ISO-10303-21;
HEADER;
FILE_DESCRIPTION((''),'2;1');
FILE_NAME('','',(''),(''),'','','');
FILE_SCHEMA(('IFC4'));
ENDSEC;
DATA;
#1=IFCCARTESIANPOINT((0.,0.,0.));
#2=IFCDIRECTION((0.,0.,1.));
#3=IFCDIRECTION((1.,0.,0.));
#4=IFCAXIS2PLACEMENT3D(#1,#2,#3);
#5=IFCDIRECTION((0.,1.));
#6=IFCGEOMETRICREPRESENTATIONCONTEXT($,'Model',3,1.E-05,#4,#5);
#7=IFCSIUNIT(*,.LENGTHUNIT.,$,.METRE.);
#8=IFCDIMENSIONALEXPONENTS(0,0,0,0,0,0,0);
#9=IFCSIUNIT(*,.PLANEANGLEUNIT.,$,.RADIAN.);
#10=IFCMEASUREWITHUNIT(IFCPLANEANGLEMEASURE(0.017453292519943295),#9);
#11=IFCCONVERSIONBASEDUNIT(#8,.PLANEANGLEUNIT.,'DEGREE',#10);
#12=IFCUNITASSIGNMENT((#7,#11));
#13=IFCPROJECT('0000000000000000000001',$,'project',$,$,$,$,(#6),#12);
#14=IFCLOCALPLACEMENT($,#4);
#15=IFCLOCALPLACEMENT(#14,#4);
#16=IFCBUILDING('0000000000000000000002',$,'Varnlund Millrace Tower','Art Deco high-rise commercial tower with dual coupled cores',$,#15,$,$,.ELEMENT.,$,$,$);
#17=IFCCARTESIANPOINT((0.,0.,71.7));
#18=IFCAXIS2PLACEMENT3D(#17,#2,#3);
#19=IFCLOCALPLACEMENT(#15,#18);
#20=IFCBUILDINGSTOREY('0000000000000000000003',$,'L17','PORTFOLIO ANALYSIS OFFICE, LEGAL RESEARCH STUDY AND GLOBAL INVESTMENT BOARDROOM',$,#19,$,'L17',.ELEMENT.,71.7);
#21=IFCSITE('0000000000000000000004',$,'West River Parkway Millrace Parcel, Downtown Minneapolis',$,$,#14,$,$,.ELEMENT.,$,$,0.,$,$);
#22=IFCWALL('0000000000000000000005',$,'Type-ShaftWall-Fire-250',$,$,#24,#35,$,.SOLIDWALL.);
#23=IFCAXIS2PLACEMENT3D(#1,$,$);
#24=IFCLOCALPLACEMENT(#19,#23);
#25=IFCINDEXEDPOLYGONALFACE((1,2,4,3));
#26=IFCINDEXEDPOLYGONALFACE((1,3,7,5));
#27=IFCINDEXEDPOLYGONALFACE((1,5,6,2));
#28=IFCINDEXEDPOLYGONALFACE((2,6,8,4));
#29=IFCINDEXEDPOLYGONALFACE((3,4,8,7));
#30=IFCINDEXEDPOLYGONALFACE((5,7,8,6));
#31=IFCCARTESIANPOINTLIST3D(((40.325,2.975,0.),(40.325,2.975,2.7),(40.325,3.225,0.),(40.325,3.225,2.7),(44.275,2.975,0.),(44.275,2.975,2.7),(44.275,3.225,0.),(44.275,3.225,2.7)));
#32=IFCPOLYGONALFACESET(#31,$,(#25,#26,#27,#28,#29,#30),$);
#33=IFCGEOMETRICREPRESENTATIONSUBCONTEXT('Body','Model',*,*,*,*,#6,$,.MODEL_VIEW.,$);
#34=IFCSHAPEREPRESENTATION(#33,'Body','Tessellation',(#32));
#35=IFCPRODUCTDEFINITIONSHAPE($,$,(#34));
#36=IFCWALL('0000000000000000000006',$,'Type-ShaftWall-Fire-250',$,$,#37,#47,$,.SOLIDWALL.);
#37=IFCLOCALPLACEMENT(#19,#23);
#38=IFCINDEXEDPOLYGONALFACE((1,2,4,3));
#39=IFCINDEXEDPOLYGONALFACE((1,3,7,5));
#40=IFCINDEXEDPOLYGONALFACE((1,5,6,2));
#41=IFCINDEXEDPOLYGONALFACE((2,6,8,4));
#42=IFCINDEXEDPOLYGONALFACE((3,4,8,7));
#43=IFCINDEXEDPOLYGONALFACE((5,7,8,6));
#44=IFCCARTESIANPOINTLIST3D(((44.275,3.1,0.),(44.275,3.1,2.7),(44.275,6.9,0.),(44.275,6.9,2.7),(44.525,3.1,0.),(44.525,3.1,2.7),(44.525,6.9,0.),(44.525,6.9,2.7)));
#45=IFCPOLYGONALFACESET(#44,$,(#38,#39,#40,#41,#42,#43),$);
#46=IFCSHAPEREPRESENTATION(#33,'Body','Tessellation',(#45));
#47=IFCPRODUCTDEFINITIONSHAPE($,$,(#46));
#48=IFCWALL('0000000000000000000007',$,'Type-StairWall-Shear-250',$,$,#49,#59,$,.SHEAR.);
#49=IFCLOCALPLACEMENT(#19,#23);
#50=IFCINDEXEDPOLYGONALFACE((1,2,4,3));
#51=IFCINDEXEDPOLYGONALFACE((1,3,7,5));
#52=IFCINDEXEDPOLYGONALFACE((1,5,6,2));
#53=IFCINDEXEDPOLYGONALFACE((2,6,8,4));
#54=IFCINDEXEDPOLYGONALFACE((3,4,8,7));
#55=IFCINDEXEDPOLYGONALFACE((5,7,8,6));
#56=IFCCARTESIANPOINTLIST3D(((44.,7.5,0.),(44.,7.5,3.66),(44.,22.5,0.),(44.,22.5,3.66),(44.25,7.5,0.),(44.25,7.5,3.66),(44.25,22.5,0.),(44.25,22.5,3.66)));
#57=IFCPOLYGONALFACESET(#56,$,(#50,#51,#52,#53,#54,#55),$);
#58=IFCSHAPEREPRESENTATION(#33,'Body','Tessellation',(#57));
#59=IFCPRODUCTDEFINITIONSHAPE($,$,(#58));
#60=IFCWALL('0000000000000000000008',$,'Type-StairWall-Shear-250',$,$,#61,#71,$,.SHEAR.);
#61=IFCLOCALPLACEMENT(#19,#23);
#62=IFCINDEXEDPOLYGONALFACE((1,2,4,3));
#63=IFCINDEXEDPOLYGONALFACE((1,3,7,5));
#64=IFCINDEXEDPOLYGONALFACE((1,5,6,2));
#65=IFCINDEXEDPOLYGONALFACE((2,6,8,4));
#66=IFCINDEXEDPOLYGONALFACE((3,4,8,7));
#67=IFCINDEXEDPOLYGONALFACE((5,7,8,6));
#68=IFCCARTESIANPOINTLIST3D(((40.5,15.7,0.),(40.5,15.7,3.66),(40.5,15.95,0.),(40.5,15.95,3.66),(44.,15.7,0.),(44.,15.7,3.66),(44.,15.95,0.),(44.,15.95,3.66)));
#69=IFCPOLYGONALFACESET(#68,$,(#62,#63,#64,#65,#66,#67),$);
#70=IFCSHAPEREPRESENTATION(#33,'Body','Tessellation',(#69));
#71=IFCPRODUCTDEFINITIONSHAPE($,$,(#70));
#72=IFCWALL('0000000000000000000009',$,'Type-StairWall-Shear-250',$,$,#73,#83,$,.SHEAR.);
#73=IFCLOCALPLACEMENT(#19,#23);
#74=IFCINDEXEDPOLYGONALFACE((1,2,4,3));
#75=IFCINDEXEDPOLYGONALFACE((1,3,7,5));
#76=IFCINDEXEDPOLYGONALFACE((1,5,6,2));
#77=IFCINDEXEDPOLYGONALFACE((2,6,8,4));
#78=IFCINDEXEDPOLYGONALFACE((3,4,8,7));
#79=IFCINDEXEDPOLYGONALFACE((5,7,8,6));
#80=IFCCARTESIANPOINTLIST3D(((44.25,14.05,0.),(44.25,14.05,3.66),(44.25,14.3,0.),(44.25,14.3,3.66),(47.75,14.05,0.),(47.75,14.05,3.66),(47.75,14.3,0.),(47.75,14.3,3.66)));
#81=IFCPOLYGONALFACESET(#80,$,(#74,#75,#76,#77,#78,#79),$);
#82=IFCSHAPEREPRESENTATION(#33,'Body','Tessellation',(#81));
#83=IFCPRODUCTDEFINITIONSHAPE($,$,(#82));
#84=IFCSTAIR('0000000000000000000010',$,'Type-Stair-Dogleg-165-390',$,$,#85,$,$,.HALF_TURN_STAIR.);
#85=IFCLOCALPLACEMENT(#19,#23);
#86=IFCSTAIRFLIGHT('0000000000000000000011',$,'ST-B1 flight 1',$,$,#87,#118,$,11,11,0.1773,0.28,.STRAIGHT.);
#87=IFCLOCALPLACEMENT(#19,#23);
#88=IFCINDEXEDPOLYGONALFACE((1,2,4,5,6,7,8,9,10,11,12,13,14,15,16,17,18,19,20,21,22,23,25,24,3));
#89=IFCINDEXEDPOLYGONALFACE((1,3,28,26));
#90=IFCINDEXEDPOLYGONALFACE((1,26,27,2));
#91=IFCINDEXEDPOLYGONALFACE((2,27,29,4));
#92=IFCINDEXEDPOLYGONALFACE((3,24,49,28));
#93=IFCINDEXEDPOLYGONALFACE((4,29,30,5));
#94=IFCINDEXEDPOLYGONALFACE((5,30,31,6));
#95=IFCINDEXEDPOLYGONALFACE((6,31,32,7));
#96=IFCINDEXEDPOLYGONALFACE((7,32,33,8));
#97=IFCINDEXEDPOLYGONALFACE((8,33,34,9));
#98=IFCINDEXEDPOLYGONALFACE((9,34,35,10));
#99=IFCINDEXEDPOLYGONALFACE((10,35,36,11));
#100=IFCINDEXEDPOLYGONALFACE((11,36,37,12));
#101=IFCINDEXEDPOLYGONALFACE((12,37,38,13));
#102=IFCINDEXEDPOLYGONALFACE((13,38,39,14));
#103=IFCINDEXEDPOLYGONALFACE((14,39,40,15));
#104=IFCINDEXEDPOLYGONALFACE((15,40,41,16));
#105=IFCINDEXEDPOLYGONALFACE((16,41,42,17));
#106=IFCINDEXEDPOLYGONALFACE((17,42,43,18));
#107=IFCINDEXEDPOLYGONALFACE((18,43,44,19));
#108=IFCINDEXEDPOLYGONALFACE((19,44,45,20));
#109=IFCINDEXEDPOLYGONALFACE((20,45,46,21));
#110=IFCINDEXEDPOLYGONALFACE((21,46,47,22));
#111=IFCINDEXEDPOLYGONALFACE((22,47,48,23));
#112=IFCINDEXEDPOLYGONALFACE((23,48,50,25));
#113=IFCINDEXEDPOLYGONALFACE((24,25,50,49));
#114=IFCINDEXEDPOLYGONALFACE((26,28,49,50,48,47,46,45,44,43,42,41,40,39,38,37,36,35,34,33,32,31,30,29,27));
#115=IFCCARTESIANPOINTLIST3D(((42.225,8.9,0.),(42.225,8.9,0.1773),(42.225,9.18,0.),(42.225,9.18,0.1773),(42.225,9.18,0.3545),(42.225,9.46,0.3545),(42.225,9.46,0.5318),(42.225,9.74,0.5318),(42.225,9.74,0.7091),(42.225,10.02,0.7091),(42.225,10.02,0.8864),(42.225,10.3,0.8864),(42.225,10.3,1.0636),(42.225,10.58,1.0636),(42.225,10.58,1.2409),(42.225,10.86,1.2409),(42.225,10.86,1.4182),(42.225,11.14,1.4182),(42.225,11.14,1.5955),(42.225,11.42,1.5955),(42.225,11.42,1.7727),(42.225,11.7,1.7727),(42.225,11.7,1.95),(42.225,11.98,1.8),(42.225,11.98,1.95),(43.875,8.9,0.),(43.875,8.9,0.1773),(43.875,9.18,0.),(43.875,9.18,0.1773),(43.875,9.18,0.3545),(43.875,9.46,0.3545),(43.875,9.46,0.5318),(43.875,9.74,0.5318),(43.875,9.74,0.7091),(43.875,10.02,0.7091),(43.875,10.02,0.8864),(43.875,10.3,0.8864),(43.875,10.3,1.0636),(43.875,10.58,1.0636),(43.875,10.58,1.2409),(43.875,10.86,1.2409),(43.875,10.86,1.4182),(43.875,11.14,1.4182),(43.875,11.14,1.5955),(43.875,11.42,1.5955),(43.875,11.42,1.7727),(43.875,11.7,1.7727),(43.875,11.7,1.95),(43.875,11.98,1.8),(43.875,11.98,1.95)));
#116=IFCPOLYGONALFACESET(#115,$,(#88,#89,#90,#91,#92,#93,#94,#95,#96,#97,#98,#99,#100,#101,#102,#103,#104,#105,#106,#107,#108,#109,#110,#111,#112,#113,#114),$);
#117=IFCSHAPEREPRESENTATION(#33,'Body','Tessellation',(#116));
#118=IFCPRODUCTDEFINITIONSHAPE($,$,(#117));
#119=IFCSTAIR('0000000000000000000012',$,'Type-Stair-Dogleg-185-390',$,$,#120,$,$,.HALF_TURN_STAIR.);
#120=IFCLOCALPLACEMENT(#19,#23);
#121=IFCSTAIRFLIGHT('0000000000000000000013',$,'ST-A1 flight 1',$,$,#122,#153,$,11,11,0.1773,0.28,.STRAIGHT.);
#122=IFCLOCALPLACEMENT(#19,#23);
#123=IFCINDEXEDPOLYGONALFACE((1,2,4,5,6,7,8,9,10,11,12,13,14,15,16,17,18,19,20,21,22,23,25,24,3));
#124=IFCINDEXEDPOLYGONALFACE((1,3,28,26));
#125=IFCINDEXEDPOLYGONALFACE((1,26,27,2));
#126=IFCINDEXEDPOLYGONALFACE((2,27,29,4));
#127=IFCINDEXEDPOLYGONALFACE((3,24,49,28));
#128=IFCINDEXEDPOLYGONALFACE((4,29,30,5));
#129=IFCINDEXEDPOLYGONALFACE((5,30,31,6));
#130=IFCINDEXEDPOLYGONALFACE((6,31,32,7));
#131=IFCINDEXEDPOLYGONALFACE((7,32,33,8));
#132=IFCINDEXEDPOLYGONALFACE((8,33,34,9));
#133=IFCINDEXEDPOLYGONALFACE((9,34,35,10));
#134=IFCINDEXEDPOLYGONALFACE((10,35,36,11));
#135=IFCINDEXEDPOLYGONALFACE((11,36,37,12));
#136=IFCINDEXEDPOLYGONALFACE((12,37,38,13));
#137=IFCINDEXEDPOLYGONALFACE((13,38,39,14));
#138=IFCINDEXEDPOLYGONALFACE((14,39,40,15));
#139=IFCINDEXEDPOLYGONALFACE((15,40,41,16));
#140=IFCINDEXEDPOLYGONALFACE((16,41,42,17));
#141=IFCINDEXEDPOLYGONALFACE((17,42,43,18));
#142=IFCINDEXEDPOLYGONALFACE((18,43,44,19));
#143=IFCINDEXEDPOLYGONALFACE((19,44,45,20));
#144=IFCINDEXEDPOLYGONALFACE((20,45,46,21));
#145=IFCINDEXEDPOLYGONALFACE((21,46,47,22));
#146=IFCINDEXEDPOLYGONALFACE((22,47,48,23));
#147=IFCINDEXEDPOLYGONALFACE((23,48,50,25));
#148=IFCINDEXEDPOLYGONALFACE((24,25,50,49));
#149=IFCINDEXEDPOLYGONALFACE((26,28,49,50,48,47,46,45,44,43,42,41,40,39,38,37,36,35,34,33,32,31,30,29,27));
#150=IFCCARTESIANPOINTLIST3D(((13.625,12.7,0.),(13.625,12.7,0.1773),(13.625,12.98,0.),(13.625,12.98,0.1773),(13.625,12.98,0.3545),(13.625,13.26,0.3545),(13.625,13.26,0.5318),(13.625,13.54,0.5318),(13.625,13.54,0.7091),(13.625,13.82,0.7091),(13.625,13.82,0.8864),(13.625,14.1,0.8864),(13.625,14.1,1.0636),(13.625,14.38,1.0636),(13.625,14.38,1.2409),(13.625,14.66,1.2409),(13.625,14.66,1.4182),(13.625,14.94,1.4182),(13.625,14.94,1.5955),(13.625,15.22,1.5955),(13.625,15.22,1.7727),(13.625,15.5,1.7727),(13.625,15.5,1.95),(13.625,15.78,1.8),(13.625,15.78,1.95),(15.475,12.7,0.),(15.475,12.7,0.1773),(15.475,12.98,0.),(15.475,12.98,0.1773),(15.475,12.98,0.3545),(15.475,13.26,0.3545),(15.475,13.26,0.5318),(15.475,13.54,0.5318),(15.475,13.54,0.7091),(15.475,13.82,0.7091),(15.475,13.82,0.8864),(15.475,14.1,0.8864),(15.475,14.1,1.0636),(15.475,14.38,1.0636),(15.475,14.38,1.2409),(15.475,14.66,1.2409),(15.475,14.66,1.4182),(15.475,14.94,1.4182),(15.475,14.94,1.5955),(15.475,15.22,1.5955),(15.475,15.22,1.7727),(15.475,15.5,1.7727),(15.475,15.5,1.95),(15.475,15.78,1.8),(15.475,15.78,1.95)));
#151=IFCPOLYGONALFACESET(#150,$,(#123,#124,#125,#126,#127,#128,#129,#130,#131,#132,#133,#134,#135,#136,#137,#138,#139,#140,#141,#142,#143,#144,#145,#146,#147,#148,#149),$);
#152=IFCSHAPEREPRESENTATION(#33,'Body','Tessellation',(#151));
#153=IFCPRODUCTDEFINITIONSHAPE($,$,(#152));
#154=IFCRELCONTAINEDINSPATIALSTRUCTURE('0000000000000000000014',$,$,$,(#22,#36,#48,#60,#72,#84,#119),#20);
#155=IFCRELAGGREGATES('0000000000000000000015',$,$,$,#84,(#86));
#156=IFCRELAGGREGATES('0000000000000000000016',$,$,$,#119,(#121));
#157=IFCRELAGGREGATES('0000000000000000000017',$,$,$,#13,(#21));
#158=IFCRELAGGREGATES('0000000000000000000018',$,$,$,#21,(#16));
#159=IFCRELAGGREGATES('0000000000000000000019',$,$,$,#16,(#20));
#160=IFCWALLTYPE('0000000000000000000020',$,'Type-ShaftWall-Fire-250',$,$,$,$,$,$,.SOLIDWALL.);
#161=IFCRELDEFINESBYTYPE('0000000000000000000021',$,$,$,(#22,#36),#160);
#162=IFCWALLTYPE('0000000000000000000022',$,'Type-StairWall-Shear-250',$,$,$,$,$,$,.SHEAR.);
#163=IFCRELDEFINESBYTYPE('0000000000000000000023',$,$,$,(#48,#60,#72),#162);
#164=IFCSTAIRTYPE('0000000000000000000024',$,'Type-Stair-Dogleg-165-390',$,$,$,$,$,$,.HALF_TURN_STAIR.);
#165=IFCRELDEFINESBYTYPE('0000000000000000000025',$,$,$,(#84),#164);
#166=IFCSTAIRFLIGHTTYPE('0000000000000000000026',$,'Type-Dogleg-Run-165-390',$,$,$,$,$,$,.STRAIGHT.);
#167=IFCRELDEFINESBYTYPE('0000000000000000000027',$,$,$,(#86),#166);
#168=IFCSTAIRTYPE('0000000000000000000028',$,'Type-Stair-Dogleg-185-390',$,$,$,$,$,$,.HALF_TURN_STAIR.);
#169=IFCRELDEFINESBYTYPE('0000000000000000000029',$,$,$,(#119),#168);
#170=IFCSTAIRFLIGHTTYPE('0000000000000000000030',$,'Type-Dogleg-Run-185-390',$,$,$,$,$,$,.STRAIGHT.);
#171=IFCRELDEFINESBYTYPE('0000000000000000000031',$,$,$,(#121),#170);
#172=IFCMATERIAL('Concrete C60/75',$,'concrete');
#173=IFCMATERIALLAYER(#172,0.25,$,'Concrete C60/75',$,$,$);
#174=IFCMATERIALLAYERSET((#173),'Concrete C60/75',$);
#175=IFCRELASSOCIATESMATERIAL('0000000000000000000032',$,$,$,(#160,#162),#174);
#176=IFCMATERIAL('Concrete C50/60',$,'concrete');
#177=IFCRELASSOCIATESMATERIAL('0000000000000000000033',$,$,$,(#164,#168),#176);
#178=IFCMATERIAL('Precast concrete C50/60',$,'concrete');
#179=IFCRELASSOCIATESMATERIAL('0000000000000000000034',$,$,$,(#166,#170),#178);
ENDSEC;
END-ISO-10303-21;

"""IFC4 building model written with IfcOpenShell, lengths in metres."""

from ifc_helpers import new_model, entity, si_unit, converted_unit, direction, frame, origin_with_axes, place, context, subcontext, project, spatial, polyline, outline, extrude, material, layer, layer_set, type_object, element, aggregate, save


model = new_model("IFC4")

# Units and contexts
model_context = context("Model", 3, precision=1e-05, world=origin_with_axes(), true_north=direction((0.0, 1.0)))
body_context = subcontext(model_context, "Body", "Model", "MODEL_VIEW")
ifc_project = project(units=[si_unit("LENGTHUNIT", "METRE"), converted_unit("PLANEANGLEUNIT", "DEGREE", entity("IfcPlaneAngleMeasure", 0.017453292519943295), si_unit("PLANEANGLEUNIT", "RADIAN"), dimensions=[0, 0, 0, 0, 0, 0, 0])], contexts=[model_context])

# Site, building, storey
site_placement = place(None, origin_with_axes())
site = spatial("IfcSite", under=ifc_project, at=site_placement, Name="West River Parkway Millrace Parcel, Downtown Minneapolis", CompositionType="ELEMENT", RefElevation=0.0)
building_placement = place(site_placement, origin_with_axes())
building = spatial("IfcBuilding", under=site, at=building_placement, Name="Varnlund Millrace Tower", Description="Art Deco high-rise commercial tower with dual coupled cores", CompositionType="ELEMENT")
storey_placement = place(building_placement, frame((0.0, 0.0, 71.7), z_axis=(0.0, 0.0, 1.0), x_axis=(1.0, 0.0, 0.0)))
storey = spatial("IfcBuildingStorey", under=building, at=storey_placement, Name="L17", Description="PORTFOLIO ANALYSIS OFFICE, LEGAL RESEARCH STUDY AND GLOBAL INVESTMENT BOARDROOM", LongName="L17", CompositionType="ELEMENT", Elevation=71.7)

# Shared definitions
ifc_material_1 = material(Name="Concrete C60/75", Category="concrete")
ifc_layer_1 = layer(ifc_material_1, 0.25, Name="Concrete C60/75")
ifc_layer_set_1 = layer_set([ifc_layer_1], Name="Concrete C60/75")
wall_type_1 = type_object("IfcWallType", Name="Type-ShaftWall-Fire-250", PredefinedType="SOLIDWALL", material=ifc_layer_set_1)

# Walls
wall_1_placement = place(storey_placement, frame((40.325, 3.1, 0.0), z_axis=(0.0, 0.0, 1.0), x_axis=(1.0, 0.0, 0.0)))
element("IfcWall", 1, at=wall_1_placement, inside=storey, type_object=wall_type_1, Name="Type-ShaftWall-Fire-250", PredefinedType="SOLIDWALL", context=body_context, shape_type="SweptSolid", body=[
    extrude(outline(polyline([(0.0, -0.125), (3.95, -0.125), (3.95, 0.125), (0.0, 0.125), (0.0, -0.125)])), origin_with_axes(), (0.0, 0.0, 1.0), 2.7),
])
wall_2_placement = place(storey_placement, frame((44.4, 3.1, 0.0), z_axis=(0.0, 0.0, 1.0), x_axis=(0.0, 1.0, 0.0)))
element("IfcWall", 2, at=wall_2_placement, inside=storey, type_object=wall_type_1, Name="Type-ShaftWall-Fire-250", PredefinedType="SOLIDWALL", context=body_context, shape_type="SweptSolid", body=[
    extrude(outline(polyline([(0.0, -0.125), (3.8, -0.125), (3.8, 0.125), (0.0, 0.125), (0.0, -0.125)])), origin_with_axes(), (0.0, 0.0, 1.0), 2.7),
])
wall_type_2 = type_object("IfcWallType", Name="Type-StairWall-Shear-250", PredefinedType="SHEAR", material=ifc_layer_set_1)
wall_3_placement = place(storey_placement, frame((44.125, 7.5, 0.0), z_axis=(0.0, 0.0, 1.0), x_axis=(0.0, 1.0, 0.0)))
element("IfcWall", 3, at=wall_3_placement, inside=storey, type_object=wall_type_2, Name="Type-StairWall-Shear-250", PredefinedType="SHEAR", context=body_context, shape_type="SweptSolid", body=[
    extrude(outline(polyline([(0.0, -0.125), (15.0, -0.125), (15.0, 0.125), (0.0, 0.125), (0.0, -0.125)])), origin_with_axes(), (0.0, 0.0, 1.0), 3.66),
])
for number, where, z_axis, x_axis, name in (
    (4, (40.5, 15.825, 0.0), (0.0, 0.0, 1.0), (1.0, 0.0, 0.0), "Type-StairWall-Shear-250"),
    (5, (44.25, 14.175, 0.0), (0.0, 0.0, 1.0), (1.0, 0.0, 0.0), "Type-StairWall-Shear-250"),
):
    element("IfcWall", number, at=place(storey_placement, frame(where, z_axis=z_axis, x_axis=x_axis)), inside=storey, type_object=wall_type_2, Name=name, PredefinedType="SHEAR", context=body_context, shape_type="SweptSolid", body=[
        extrude(outline(polyline([(0.0, -0.125), (3.5, -0.125), (3.5, 0.125), (0.0, 0.125), (0.0, -0.125)])), origin_with_axes(), (0.0, 0.0, 1.0), 3.66),
    ])

# Stairs, stair flights
ifc_material_2 = material(Name="Concrete C50/60", Category="concrete")
stair_type_1 = type_object("IfcStairType", Name="Type-Stair-Dogleg-165-390", PredefinedType="HALF_TURN_STAIR", material=ifc_material_2)
stair_1_placement = place(storey_placement, origin_with_axes())
stair_1 = element("IfcStair", 6, at=stair_1_placement, inside=storey, type_object=stair_type_1, Name="Type-Stair-Dogleg-165-390", PredefinedType="HALF_TURN_STAIR")
ifc_material_3 = material(Name="Precast concrete C50/60", Category="concrete")
stair_flight_type_1 = type_object("IfcStairFlightType", Name="Type-Dogleg-Run-165-390", PredefinedType="STRAIGHT", material=ifc_material_3)
stair_flight_1_placement = place(storey_placement, frame((42.225, 8.9, 0.0), z_axis=(1.0, 0.0, 0.0), x_axis=(0.0, 1.0, 0.0)))
stair_flight_1 = element("IfcStairFlight", 7, at=stair_flight_1_placement, type_object=stair_flight_type_1, Name="ST-B1 flight 1", NumberOfRisers=11, NumberOfTreads=11, PredefinedType="STRAIGHT", RiserHeight=0.1773, TreadLength=0.28, context=body_context, shape_type="SweptSolid", body=[
    extrude(outline(polyline([(0.0, 0.0), (0.0, 0.1773), (0.28, 0.1773), (0.28, 0.3545), (0.56, 0.3545), (0.56, 0.5318), (0.84, 0.5318), (0.84, 0.7091), (1.12, 0.7091), (1.12, 0.8864), (1.4, 0.8864), (1.4, 1.0636), (1.68, 1.0636), (1.68, 1.2409), (1.96, 1.2409), (1.96, 1.4182), (2.24, 1.4182), (2.24, 1.5955), (2.52, 1.5955), (2.52, 1.7727), (2.8, 1.7727), (2.8, 1.95), (3.08, 1.95), (3.08, 1.8), (0.28, 0.0), (0.0, 0.0)])), origin_with_axes(), (0.0, 0.0, 1.0), 1.65),
])
aggregate(stair_1, [stair_flight_1])
stair_type_2 = type_object("IfcStairType", Name="Type-Stair-Dogleg-185-390", PredefinedType="HALF_TURN_STAIR", material=ifc_material_2)
stair_2_placement = place(storey_placement, origin_with_axes())
stair_2 = element("IfcStair", 8, at=stair_2_placement, inside=storey, type_object=stair_type_2, Name="Type-Stair-Dogleg-185-390", PredefinedType="HALF_TURN_STAIR")
stair_flight_type_2 = type_object("IfcStairFlightType", Name="Type-Dogleg-Run-185-390", PredefinedType="STRAIGHT", material=ifc_material_3)
stair_flight_2_placement = place(storey_placement, frame((13.625, 12.7, 0.0), z_axis=(1.0, 0.0, 0.0), x_axis=(0.0, 1.0, 0.0)))
stair_flight_2 = element("IfcStairFlight", 9, at=stair_flight_2_placement, type_object=stair_flight_type_2, Name="ST-A1 flight 1", NumberOfRisers=11, NumberOfTreads=11, PredefinedType="STRAIGHT", RiserHeight=0.1773, TreadLength=0.28, context=body_context, shape_type="SweptSolid", body=[
    extrude(outline(polyline([(0.0, 0.0), (0.0, 0.1773), (0.28, 0.1773), (0.28, 0.3545), (0.56, 0.3545), (0.56, 0.5318), (0.84, 0.5318), (0.84, 0.7091), (1.12, 0.7091), (1.12, 0.8864), (1.4, 0.8864), (1.4, 1.0636), (1.68, 1.0636), (1.68, 1.2409), (1.96, 1.2409), (1.96, 1.4182), (2.24, 1.4182), (2.24, 1.5955), (2.52, 1.5955), (2.52, 1.7727), (2.8, 1.7727), (2.8, 1.95), (3.08, 1.95), (3.08, 1.8), (0.28, 0.0), (0.0, 0.0)])), origin_with_axes(), (0.0, 0.0, 1.0), 1.85),
])
aggregate(stair_2, [stair_flight_2])

save(model, "model.ifc")
